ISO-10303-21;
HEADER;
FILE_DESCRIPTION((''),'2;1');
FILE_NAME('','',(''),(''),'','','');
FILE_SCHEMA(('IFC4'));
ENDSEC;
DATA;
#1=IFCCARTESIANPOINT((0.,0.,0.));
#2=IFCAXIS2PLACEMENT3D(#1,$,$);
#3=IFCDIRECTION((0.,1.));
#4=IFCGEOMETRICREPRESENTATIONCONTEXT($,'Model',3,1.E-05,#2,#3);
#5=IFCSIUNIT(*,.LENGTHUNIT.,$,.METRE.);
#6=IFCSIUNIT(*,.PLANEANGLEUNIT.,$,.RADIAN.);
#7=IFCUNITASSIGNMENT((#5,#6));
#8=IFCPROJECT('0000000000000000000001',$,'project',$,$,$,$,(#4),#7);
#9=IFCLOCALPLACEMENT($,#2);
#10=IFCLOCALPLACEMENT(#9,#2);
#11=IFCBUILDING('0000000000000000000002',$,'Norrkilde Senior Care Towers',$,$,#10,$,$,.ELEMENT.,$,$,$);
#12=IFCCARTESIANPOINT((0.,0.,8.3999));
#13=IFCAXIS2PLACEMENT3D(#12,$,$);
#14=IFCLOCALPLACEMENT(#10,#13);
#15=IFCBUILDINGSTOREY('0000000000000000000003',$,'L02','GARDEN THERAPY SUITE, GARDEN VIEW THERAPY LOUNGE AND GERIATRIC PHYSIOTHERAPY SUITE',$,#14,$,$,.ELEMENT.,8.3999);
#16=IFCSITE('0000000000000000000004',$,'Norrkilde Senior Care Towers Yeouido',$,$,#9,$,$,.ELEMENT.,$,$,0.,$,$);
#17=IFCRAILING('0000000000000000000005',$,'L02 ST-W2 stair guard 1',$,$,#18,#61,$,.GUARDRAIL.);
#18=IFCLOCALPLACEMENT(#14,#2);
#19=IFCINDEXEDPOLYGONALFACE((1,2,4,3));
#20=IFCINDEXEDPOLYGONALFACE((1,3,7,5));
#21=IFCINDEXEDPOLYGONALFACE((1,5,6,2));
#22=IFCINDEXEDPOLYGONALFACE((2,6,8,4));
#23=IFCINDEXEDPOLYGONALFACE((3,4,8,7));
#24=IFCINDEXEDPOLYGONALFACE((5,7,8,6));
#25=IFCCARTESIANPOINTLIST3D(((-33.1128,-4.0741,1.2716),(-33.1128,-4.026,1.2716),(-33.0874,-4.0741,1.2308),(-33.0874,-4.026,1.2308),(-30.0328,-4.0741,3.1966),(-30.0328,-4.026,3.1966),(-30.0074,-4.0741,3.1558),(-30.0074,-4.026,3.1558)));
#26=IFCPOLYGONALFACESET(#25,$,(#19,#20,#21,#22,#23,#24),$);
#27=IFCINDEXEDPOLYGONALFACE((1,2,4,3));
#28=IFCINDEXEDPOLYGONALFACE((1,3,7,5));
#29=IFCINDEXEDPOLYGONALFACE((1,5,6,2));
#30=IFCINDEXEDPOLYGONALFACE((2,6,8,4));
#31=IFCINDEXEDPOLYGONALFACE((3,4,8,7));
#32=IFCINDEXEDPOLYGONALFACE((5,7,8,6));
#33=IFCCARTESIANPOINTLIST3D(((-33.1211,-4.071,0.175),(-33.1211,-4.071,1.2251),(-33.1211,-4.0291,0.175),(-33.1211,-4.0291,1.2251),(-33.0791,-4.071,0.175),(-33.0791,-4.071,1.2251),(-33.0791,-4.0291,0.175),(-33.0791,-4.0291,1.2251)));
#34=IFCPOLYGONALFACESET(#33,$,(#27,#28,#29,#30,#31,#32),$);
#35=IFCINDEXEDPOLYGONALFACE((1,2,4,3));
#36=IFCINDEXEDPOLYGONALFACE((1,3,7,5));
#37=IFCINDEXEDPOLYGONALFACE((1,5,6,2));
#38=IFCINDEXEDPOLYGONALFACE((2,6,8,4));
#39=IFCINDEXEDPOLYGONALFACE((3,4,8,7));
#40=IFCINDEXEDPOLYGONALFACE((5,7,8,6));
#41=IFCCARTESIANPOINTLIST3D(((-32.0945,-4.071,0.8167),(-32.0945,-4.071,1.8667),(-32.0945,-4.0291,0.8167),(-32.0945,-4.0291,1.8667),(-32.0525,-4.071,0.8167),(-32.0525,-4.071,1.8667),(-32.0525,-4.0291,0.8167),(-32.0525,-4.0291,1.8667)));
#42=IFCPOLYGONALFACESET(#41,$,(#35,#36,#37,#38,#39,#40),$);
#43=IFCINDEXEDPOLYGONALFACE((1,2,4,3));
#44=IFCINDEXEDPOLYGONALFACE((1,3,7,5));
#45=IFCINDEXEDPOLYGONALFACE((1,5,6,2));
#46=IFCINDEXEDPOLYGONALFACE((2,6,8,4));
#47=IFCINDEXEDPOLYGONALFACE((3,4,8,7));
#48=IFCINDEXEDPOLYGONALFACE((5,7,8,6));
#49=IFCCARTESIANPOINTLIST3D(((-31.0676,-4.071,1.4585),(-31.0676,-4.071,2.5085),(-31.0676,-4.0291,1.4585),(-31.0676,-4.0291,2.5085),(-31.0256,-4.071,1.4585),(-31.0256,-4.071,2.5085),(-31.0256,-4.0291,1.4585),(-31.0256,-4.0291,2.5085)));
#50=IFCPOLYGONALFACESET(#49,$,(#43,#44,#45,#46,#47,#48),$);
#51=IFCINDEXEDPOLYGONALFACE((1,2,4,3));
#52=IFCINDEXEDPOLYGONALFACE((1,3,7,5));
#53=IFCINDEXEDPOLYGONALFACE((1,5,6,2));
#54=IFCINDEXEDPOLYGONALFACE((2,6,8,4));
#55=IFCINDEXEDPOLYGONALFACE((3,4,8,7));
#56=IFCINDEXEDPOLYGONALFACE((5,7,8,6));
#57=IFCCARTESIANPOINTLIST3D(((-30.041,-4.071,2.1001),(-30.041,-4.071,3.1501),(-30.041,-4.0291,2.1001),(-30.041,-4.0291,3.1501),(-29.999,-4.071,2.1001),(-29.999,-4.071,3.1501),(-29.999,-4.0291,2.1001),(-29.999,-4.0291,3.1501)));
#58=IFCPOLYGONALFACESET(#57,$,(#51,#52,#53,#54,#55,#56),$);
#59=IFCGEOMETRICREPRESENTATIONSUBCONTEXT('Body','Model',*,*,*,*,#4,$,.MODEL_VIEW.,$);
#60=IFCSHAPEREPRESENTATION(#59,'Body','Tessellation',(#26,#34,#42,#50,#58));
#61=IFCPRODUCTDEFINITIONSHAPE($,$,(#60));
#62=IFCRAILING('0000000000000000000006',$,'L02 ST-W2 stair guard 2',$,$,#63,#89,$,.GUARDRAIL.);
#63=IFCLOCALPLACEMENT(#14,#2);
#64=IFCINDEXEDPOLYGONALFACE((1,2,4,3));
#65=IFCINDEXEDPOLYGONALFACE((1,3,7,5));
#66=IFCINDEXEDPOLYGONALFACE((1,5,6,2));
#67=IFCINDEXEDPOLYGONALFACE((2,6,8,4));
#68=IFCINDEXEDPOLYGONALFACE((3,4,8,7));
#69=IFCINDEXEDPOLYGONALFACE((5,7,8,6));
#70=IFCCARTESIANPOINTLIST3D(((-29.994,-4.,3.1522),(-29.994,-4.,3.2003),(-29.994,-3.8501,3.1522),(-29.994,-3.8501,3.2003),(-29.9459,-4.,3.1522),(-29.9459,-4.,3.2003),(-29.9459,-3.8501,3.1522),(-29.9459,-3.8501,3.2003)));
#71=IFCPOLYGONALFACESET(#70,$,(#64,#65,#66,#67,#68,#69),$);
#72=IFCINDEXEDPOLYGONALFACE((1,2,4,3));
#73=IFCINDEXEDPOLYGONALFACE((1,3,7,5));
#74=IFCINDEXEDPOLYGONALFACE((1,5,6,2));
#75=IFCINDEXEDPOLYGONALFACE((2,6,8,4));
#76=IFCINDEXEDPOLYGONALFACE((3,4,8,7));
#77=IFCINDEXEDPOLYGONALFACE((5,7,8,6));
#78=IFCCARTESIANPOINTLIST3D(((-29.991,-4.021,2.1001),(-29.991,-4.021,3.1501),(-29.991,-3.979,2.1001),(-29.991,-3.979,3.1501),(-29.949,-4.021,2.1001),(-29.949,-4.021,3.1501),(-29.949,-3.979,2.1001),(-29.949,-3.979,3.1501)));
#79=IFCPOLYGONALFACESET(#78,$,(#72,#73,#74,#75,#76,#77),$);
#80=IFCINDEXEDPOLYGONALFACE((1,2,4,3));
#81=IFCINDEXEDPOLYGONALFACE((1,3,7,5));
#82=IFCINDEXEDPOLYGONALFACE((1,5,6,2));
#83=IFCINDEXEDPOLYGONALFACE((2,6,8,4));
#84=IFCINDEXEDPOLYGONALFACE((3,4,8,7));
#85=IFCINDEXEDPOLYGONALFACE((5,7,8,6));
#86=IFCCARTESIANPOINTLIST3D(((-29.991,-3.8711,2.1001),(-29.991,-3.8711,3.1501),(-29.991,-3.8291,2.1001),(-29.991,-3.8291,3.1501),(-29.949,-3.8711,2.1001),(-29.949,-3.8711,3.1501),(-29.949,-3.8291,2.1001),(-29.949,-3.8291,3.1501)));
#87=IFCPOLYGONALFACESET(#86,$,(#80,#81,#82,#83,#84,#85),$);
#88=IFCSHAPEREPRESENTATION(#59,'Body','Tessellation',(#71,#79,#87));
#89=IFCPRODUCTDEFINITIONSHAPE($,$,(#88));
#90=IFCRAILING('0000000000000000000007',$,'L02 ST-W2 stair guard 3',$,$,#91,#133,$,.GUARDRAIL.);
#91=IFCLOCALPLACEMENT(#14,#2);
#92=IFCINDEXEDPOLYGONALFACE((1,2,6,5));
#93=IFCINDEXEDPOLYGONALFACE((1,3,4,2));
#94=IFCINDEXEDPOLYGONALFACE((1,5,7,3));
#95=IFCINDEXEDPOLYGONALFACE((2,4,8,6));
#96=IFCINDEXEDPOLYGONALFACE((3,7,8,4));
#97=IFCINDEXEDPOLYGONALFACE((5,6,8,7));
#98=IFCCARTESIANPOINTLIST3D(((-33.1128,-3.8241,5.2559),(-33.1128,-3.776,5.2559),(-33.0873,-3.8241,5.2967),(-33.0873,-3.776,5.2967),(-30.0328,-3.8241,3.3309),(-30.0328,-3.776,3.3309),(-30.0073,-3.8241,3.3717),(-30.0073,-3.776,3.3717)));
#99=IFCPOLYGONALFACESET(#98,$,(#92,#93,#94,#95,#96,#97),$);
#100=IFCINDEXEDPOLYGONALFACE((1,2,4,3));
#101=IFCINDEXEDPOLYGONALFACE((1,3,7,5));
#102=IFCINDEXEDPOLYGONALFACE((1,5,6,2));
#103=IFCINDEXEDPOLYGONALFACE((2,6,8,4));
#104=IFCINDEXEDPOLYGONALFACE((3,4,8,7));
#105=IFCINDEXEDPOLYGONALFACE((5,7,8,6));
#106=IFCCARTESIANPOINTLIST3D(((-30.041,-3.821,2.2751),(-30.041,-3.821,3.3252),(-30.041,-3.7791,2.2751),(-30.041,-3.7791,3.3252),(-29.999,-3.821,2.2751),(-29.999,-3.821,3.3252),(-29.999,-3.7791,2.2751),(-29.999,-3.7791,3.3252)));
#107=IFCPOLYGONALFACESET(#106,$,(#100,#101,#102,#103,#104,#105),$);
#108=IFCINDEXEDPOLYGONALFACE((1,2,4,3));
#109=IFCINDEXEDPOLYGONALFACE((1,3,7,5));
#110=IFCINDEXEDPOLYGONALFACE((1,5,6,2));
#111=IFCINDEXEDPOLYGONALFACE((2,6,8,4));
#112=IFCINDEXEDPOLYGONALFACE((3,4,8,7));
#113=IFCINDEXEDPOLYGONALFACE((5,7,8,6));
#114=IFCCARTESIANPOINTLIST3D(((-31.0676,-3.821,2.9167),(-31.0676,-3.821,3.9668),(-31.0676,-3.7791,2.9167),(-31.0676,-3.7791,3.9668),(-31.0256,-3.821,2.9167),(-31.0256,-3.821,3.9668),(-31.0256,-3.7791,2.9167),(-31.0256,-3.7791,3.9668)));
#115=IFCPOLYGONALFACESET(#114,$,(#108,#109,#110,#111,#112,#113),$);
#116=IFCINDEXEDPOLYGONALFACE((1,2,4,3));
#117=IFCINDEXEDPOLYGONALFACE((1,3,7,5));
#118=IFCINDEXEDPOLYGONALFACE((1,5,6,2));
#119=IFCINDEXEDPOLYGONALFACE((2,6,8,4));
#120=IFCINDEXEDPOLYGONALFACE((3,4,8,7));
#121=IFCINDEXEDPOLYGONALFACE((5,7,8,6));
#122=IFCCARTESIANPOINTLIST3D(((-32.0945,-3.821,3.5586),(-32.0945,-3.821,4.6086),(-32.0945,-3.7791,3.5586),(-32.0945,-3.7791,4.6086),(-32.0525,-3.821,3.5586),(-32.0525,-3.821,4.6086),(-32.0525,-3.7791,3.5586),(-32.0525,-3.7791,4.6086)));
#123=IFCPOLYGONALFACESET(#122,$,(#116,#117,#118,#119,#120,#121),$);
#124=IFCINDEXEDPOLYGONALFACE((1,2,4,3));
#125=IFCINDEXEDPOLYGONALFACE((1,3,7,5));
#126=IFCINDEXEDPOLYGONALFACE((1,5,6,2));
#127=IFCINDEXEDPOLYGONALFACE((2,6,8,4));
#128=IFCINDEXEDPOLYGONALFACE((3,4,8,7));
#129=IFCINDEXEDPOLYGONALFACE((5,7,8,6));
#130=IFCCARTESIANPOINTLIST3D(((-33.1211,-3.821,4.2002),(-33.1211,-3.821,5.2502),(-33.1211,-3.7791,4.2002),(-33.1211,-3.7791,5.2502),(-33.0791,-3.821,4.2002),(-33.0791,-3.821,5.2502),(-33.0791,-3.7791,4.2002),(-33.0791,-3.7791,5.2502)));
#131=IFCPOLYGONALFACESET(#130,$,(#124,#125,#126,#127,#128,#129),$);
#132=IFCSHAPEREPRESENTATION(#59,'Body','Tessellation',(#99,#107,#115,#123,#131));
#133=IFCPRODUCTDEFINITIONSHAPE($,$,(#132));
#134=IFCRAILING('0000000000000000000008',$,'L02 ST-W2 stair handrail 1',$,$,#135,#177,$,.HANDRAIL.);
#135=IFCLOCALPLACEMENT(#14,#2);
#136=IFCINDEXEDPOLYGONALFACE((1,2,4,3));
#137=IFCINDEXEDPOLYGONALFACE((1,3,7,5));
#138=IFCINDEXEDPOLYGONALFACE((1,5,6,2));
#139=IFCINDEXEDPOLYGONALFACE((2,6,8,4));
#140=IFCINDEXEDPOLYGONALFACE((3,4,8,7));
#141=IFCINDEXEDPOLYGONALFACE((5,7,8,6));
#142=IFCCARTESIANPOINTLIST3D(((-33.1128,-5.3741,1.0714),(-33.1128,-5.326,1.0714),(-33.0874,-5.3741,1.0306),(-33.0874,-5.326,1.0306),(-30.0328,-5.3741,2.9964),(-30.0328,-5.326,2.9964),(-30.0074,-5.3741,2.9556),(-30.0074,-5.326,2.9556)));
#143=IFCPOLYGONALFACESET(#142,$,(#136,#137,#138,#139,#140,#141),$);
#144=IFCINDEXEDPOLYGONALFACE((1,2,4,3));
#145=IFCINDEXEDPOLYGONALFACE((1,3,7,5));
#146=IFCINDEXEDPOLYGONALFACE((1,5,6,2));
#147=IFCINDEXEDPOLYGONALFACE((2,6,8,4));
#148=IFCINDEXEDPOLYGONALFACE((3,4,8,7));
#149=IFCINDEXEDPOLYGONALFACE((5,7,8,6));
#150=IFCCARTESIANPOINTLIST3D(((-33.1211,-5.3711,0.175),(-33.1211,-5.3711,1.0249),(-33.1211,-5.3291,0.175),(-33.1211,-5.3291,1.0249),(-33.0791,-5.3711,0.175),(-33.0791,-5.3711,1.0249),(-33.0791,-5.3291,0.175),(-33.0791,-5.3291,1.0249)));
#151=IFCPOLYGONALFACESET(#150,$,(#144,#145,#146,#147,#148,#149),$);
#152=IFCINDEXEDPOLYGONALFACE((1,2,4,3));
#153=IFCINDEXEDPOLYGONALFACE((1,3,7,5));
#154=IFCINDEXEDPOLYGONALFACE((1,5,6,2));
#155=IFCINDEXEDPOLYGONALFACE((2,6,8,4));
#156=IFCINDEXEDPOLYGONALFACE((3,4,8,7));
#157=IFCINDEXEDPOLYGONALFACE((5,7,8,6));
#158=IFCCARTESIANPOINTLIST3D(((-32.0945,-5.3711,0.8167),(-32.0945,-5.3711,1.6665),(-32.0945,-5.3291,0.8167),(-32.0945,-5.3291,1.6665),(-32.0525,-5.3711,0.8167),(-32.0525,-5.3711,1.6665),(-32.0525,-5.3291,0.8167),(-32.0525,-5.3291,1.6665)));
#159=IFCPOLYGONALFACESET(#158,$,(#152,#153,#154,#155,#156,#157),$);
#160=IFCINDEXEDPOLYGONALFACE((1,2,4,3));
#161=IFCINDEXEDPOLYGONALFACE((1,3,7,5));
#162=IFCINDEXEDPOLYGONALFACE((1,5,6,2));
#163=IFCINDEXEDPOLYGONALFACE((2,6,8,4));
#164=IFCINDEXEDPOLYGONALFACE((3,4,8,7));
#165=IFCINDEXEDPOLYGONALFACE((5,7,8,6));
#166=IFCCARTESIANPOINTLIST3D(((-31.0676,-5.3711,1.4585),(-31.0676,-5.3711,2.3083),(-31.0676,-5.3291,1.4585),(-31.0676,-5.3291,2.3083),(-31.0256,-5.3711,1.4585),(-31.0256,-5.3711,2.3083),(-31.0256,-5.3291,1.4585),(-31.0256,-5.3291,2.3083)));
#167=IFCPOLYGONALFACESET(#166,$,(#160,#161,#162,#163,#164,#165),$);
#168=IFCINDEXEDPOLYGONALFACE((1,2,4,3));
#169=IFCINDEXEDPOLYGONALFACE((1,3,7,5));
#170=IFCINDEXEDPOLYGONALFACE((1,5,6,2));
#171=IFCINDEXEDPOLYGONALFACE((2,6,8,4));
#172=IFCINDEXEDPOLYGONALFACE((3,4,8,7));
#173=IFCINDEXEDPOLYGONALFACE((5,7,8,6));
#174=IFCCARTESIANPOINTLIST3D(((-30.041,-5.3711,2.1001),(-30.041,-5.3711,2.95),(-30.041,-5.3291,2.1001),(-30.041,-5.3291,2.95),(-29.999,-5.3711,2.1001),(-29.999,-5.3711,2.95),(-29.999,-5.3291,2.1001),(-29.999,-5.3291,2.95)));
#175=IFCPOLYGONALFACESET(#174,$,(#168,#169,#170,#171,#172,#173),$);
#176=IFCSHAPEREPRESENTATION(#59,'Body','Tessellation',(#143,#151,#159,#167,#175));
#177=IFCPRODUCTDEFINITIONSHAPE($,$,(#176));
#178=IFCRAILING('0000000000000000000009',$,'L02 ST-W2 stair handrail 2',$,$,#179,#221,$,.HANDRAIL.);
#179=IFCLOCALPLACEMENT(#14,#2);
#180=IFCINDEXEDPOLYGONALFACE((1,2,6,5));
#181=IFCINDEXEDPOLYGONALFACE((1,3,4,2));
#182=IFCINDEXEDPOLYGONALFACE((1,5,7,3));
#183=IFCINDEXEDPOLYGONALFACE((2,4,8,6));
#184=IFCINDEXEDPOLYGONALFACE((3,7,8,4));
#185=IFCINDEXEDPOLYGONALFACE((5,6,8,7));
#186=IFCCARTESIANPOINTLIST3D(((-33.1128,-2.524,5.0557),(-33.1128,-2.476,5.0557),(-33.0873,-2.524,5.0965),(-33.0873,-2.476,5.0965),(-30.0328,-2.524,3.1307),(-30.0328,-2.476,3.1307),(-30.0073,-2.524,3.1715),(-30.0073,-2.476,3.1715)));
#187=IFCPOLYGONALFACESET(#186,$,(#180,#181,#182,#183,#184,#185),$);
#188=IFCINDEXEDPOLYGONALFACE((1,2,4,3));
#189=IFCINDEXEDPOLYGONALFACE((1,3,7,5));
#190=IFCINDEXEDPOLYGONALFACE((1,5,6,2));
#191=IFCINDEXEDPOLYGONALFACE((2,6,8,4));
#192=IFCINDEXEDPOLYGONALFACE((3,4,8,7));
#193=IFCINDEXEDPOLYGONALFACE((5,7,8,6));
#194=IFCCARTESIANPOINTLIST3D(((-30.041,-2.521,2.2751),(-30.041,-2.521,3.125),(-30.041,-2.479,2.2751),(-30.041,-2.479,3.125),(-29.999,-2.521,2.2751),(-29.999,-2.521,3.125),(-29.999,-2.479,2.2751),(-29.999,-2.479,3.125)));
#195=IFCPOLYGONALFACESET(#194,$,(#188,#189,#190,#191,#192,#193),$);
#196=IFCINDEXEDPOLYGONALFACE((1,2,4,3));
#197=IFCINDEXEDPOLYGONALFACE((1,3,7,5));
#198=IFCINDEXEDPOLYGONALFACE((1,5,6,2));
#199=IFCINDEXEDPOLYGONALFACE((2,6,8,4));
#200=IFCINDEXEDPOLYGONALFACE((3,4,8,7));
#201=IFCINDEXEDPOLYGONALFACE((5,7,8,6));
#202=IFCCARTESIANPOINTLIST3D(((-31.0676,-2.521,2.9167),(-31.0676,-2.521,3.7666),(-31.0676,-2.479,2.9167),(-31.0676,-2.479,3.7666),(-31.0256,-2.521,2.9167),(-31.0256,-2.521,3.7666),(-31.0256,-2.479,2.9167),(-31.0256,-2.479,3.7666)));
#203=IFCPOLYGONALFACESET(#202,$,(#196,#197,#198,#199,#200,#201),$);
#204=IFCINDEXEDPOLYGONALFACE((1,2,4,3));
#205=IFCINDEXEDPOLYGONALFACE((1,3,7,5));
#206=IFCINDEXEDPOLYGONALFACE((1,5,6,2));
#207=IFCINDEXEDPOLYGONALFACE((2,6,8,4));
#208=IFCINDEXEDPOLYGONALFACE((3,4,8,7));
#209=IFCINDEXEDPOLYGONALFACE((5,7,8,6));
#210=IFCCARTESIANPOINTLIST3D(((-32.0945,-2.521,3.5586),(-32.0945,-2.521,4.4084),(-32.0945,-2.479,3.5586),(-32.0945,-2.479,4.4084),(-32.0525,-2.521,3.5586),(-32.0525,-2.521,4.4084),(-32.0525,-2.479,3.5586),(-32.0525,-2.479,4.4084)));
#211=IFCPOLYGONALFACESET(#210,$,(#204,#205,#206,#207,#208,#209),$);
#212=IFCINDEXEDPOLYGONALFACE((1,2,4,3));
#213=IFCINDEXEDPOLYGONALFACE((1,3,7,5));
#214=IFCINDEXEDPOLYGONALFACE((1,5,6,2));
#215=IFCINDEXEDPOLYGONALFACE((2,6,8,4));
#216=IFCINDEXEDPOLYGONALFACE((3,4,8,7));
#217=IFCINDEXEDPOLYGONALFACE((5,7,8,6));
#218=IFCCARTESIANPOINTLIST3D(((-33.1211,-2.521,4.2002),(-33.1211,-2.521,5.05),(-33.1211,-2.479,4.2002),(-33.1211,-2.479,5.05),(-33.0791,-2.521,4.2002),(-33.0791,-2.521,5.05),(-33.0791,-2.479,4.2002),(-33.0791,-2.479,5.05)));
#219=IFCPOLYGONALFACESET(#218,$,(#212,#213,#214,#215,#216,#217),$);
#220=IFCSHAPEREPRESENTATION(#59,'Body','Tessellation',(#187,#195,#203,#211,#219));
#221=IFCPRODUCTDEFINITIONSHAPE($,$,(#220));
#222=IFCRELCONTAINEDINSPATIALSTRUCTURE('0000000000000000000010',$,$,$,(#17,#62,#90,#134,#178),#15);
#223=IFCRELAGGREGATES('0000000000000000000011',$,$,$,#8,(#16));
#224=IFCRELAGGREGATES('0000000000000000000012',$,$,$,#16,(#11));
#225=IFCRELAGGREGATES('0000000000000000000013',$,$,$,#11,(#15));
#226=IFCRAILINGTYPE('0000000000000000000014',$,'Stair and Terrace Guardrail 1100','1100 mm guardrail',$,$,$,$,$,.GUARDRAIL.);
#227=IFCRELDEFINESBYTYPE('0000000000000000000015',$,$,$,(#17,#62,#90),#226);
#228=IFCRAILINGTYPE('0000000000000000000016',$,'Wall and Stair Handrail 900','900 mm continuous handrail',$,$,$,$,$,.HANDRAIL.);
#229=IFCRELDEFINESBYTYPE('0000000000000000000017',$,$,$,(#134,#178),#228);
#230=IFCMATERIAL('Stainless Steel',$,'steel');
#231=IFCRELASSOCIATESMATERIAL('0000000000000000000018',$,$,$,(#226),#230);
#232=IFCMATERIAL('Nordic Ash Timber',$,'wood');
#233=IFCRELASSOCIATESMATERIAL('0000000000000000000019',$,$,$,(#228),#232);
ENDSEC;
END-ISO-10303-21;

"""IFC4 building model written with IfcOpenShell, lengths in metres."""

from ifc_helpers import new_model, si_unit, direction, frame, origin, origin_2d, place, context, subcontext, project, spatial, rectangle, extrude, material, type_object, element, save


model = new_model("IFC4")

# Units and contexts
model_context = context("Model", 3, precision=1e-05, world=origin(), true_north=direction((0.0, 1.0)))
body_context = subcontext(model_context, "Body", "Model", "MODEL_VIEW")
ifc_project = project(units=[si_unit("LENGTHUNIT", "METRE"), si_unit("PLANEANGLEUNIT", "RADIAN")], contexts=[model_context])

# Site, building, storey
site_placement = place(None, origin())
site = spatial("IfcSite", under=ifc_project, at=site_placement, Name="Norrkilde Senior Care Towers Yeouido", CompositionType="ELEMENT", RefElevation=0.0)
building_placement = place(site_placement, origin())
building = spatial("IfcBuilding", under=site, at=building_placement, Name="Norrkilde Senior Care Towers", CompositionType="ELEMENT")
storey_placement = place(building_placement, frame((0.0, 0.0, 8.3999)))
storey = spatial("IfcBuildingStorey", under=building, at=storey_placement, Name="L02", Description="GARDEN THERAPY SUITE, GARDEN VIEW THERAPY LOUNGE AND GERIATRIC PHYSIOTHERAPY SUITE", CompositionType="ELEMENT", Elevation=8.3999)

# Railings
ifc_material_1 = material(Name="Stainless Steel", Category="steel")
railing_type_1 = type_object("IfcRailingType", Name="Stair and Terrace Guardrail 1100", Description="1100 mm guardrail", PredefinedType="GUARDRAIL", material=ifc_material_1)
railing_1_placement = place(storey_placement, frame((-33.1001, -4.05, 0.175)))
element("IfcRailing", 1, at=railing_1_placement, inside=storey, type_object=railing_type_1, Name="L02 ST-W2 stair guard 1", PredefinedType="GUARDRAIL", context=body_context, shape_type="SweptSolid", body=[
    extrude(rectangle(XDim=0.0481, YDim=0.0481, at=origin_2d()), frame((0.0, 0.0, 1.0762), z_axis=(0.847998, 0.0, 0.529999), x_axis=(0.0, 1.0, 0.0)), (0.0, 0.0, 1.0), 3.6321),
    extrude(rectangle(XDim=0.042, YDim=0.042, at=origin_2d()), origin(), (0.0, 0.0, 1.0), 1.05),
    extrude(rectangle(XDim=0.042, YDim=0.042, at=origin_2d()), frame((1.0266, 0.0, 0.6416)), (0.0, 0.0, 1.0), 1.05),
    extrude(rectangle(XDim=0.042, YDim=0.042, at=origin_2d()), frame((2.0535, 0.0, 1.2834)), (0.0, 0.0, 1.0), 1.05),
    extrude(rectangle(XDim=0.042, YDim=0.042, at=origin_2d()), frame((3.0801, 0.0, 1.925)), (0.0, 0.0, 1.0), 1.05),
])
railing_2_placement = place(storey_placement, frame((-29.97, -4.0, 2.1001)))
element("IfcRailing", 2, at=railing_2_placement, inside=storey, type_object=railing_type_1, Name="L02 ST-W2 stair guard 2", PredefinedType="GUARDRAIL", context=body_context, shape_type="SweptSolid", body=[
    extrude(rectangle(XDim=0.0481, YDim=0.0481, at=origin_2d()), frame((0.0, 0.0, 1.0762), z_axis=(0.0, 1.0, 0.0), x_axis=(-1.0, 0.0, 0.0)), (0.0, 0.0, 1.0), 0.1499),
    extrude(rectangle(XDim=0.042, YDim=0.042, at=origin_2d()), origin(), (0.0, 0.0, 1.0), 1.05),
    extrude(rectangle(XDim=0.042, YDim=0.042, at=origin_2d()), frame((0.0, 0.1499, 0.0)), (0.0, 0.0, 1.0), 1.05),
])
railing_3_placement = place(storey_placement, frame((-30.02, -3.8, 2.2751)))
element("IfcRailing", 3, at=railing_3_placement, inside=storey, type_object=railing_type_1, Name="L02 ST-W2 stair guard 3", PredefinedType="GUARDRAIL", context=body_context, shape_type="SweptSolid", body=[
    extrude(rectangle(XDim=0.0481, YDim=0.0481, at=origin_2d()), frame((0.0, 0.0, 1.0762), z_axis=(-0.847998, 0.0, 0.529999), x_axis=(0.0, -1.0, 0.0)), (0.0, 0.0, 1.0), 3.6321),
    extrude(rectangle(XDim=0.042, YDim=0.042, at=origin_2d()), origin(), (0.0, 0.0, 1.0), 1.05),
    extrude(rectangle(XDim=0.042, YDim=0.042, at=origin_2d()), frame((-1.0266, 0.0, 0.6416)), (0.0, 0.0, 1.0), 1.05),
    extrude(rectangle(XDim=0.042, YDim=0.042, at=origin_2d()), frame((-2.0535, 0.0, 1.2834)), (0.0, 0.0, 1.0), 1.05),
    extrude(rectangle(XDim=0.042, YDim=0.042, at=origin_2d()), frame((-3.0801, 0.0, 1.925)), (0.0, 0.0, 1.0), 1.05),
])
ifc_material_2 = material(Name="Nordic Ash Timber", Category="wood")
railing_type_2 = type_object("IfcRailingType", Name="Wall and Stair Handrail 900", Description="900 mm continuous handrail", PredefinedType="HANDRAIL", material=ifc_material_2)
railing_4_placement = place(storey_placement, frame((-33.1001, -5.3501, 0.175)))
element("IfcRailing", 4, at=railing_4_placement, inside=storey, type_object=railing_type_2, Name="L02 ST-W2 stair handrail 1", PredefinedType="HANDRAIL", context=body_context, shape_type="SweptSolid", body=[
    extrude(rectangle(XDim=0.0481, YDim=0.0481, at=origin_2d()), frame((0.0, 0.0, 0.876), z_axis=(0.847998, 0.0, 0.529999), x_axis=(0.0, 1.0, 0.0)), (0.0, 0.0, 1.0), 3.6321),
    extrude(rectangle(XDim=0.042, YDim=0.042, at=origin_2d()), origin(), (0.0, 0.0, 1.0), 0.8499),
    extrude(rectangle(XDim=0.042, YDim=0.042, at=origin_2d()), frame((1.0266, 0.0, 0.6416)), (0.0, 0.0, 1.0), 0.8499),
    extrude(rectangle(XDim=0.042, YDim=0.042, at=origin_2d()), frame((2.0535, 0.0, 1.2834)), (0.0, 0.0, 1.0), 0.8499),
    extrude(rectangle(XDim=0.042, YDim=0.042, at=origin_2d()), frame((3.0801, 0.0, 1.925)), (0.0, 0.0, 1.0), 0.8499),
])
railing_5_placement = place(storey_placement, frame((-30.02, -2.5, 2.2751)))
element("IfcRailing", 5, at=railing_5_placement, inside=storey, type_object=railing_type_2, Name="L02 ST-W2 stair handrail 2", PredefinedType="HANDRAIL", context=body_context, shape_type="SweptSolid", body=[
    extrude(rectangle(XDim=0.0481, YDim=0.0481, at=origin_2d()), frame((0.0, 0.0, 0.876), z_axis=(-0.847998, 0.0, 0.529999), x_axis=(0.0, -1.0, 0.0)), (0.0, 0.0, 1.0), 3.6321),
    extrude(rectangle(XDim=0.042, YDim=0.042, at=origin_2d()), origin(), (0.0, 0.0, 1.0), 0.8499),
    extrude(rectangle(XDim=0.042, YDim=0.042, at=origin_2d()), frame((-1.0266, 0.0, 0.6416)), (0.0, 0.0, 1.0), 0.8499),
    extrude(rectangle(XDim=0.042, YDim=0.042, at=origin_2d()), frame((-2.0535, 0.0, 1.2834)), (0.0, 0.0, 1.0), 0.8499),
    extrude(rectangle(XDim=0.042, YDim=0.042, at=origin_2d()), frame((-3.0801, 0.0, 1.925)), (0.0, 0.0, 1.0), 0.8499),
])

save(model, "model.ifc")
